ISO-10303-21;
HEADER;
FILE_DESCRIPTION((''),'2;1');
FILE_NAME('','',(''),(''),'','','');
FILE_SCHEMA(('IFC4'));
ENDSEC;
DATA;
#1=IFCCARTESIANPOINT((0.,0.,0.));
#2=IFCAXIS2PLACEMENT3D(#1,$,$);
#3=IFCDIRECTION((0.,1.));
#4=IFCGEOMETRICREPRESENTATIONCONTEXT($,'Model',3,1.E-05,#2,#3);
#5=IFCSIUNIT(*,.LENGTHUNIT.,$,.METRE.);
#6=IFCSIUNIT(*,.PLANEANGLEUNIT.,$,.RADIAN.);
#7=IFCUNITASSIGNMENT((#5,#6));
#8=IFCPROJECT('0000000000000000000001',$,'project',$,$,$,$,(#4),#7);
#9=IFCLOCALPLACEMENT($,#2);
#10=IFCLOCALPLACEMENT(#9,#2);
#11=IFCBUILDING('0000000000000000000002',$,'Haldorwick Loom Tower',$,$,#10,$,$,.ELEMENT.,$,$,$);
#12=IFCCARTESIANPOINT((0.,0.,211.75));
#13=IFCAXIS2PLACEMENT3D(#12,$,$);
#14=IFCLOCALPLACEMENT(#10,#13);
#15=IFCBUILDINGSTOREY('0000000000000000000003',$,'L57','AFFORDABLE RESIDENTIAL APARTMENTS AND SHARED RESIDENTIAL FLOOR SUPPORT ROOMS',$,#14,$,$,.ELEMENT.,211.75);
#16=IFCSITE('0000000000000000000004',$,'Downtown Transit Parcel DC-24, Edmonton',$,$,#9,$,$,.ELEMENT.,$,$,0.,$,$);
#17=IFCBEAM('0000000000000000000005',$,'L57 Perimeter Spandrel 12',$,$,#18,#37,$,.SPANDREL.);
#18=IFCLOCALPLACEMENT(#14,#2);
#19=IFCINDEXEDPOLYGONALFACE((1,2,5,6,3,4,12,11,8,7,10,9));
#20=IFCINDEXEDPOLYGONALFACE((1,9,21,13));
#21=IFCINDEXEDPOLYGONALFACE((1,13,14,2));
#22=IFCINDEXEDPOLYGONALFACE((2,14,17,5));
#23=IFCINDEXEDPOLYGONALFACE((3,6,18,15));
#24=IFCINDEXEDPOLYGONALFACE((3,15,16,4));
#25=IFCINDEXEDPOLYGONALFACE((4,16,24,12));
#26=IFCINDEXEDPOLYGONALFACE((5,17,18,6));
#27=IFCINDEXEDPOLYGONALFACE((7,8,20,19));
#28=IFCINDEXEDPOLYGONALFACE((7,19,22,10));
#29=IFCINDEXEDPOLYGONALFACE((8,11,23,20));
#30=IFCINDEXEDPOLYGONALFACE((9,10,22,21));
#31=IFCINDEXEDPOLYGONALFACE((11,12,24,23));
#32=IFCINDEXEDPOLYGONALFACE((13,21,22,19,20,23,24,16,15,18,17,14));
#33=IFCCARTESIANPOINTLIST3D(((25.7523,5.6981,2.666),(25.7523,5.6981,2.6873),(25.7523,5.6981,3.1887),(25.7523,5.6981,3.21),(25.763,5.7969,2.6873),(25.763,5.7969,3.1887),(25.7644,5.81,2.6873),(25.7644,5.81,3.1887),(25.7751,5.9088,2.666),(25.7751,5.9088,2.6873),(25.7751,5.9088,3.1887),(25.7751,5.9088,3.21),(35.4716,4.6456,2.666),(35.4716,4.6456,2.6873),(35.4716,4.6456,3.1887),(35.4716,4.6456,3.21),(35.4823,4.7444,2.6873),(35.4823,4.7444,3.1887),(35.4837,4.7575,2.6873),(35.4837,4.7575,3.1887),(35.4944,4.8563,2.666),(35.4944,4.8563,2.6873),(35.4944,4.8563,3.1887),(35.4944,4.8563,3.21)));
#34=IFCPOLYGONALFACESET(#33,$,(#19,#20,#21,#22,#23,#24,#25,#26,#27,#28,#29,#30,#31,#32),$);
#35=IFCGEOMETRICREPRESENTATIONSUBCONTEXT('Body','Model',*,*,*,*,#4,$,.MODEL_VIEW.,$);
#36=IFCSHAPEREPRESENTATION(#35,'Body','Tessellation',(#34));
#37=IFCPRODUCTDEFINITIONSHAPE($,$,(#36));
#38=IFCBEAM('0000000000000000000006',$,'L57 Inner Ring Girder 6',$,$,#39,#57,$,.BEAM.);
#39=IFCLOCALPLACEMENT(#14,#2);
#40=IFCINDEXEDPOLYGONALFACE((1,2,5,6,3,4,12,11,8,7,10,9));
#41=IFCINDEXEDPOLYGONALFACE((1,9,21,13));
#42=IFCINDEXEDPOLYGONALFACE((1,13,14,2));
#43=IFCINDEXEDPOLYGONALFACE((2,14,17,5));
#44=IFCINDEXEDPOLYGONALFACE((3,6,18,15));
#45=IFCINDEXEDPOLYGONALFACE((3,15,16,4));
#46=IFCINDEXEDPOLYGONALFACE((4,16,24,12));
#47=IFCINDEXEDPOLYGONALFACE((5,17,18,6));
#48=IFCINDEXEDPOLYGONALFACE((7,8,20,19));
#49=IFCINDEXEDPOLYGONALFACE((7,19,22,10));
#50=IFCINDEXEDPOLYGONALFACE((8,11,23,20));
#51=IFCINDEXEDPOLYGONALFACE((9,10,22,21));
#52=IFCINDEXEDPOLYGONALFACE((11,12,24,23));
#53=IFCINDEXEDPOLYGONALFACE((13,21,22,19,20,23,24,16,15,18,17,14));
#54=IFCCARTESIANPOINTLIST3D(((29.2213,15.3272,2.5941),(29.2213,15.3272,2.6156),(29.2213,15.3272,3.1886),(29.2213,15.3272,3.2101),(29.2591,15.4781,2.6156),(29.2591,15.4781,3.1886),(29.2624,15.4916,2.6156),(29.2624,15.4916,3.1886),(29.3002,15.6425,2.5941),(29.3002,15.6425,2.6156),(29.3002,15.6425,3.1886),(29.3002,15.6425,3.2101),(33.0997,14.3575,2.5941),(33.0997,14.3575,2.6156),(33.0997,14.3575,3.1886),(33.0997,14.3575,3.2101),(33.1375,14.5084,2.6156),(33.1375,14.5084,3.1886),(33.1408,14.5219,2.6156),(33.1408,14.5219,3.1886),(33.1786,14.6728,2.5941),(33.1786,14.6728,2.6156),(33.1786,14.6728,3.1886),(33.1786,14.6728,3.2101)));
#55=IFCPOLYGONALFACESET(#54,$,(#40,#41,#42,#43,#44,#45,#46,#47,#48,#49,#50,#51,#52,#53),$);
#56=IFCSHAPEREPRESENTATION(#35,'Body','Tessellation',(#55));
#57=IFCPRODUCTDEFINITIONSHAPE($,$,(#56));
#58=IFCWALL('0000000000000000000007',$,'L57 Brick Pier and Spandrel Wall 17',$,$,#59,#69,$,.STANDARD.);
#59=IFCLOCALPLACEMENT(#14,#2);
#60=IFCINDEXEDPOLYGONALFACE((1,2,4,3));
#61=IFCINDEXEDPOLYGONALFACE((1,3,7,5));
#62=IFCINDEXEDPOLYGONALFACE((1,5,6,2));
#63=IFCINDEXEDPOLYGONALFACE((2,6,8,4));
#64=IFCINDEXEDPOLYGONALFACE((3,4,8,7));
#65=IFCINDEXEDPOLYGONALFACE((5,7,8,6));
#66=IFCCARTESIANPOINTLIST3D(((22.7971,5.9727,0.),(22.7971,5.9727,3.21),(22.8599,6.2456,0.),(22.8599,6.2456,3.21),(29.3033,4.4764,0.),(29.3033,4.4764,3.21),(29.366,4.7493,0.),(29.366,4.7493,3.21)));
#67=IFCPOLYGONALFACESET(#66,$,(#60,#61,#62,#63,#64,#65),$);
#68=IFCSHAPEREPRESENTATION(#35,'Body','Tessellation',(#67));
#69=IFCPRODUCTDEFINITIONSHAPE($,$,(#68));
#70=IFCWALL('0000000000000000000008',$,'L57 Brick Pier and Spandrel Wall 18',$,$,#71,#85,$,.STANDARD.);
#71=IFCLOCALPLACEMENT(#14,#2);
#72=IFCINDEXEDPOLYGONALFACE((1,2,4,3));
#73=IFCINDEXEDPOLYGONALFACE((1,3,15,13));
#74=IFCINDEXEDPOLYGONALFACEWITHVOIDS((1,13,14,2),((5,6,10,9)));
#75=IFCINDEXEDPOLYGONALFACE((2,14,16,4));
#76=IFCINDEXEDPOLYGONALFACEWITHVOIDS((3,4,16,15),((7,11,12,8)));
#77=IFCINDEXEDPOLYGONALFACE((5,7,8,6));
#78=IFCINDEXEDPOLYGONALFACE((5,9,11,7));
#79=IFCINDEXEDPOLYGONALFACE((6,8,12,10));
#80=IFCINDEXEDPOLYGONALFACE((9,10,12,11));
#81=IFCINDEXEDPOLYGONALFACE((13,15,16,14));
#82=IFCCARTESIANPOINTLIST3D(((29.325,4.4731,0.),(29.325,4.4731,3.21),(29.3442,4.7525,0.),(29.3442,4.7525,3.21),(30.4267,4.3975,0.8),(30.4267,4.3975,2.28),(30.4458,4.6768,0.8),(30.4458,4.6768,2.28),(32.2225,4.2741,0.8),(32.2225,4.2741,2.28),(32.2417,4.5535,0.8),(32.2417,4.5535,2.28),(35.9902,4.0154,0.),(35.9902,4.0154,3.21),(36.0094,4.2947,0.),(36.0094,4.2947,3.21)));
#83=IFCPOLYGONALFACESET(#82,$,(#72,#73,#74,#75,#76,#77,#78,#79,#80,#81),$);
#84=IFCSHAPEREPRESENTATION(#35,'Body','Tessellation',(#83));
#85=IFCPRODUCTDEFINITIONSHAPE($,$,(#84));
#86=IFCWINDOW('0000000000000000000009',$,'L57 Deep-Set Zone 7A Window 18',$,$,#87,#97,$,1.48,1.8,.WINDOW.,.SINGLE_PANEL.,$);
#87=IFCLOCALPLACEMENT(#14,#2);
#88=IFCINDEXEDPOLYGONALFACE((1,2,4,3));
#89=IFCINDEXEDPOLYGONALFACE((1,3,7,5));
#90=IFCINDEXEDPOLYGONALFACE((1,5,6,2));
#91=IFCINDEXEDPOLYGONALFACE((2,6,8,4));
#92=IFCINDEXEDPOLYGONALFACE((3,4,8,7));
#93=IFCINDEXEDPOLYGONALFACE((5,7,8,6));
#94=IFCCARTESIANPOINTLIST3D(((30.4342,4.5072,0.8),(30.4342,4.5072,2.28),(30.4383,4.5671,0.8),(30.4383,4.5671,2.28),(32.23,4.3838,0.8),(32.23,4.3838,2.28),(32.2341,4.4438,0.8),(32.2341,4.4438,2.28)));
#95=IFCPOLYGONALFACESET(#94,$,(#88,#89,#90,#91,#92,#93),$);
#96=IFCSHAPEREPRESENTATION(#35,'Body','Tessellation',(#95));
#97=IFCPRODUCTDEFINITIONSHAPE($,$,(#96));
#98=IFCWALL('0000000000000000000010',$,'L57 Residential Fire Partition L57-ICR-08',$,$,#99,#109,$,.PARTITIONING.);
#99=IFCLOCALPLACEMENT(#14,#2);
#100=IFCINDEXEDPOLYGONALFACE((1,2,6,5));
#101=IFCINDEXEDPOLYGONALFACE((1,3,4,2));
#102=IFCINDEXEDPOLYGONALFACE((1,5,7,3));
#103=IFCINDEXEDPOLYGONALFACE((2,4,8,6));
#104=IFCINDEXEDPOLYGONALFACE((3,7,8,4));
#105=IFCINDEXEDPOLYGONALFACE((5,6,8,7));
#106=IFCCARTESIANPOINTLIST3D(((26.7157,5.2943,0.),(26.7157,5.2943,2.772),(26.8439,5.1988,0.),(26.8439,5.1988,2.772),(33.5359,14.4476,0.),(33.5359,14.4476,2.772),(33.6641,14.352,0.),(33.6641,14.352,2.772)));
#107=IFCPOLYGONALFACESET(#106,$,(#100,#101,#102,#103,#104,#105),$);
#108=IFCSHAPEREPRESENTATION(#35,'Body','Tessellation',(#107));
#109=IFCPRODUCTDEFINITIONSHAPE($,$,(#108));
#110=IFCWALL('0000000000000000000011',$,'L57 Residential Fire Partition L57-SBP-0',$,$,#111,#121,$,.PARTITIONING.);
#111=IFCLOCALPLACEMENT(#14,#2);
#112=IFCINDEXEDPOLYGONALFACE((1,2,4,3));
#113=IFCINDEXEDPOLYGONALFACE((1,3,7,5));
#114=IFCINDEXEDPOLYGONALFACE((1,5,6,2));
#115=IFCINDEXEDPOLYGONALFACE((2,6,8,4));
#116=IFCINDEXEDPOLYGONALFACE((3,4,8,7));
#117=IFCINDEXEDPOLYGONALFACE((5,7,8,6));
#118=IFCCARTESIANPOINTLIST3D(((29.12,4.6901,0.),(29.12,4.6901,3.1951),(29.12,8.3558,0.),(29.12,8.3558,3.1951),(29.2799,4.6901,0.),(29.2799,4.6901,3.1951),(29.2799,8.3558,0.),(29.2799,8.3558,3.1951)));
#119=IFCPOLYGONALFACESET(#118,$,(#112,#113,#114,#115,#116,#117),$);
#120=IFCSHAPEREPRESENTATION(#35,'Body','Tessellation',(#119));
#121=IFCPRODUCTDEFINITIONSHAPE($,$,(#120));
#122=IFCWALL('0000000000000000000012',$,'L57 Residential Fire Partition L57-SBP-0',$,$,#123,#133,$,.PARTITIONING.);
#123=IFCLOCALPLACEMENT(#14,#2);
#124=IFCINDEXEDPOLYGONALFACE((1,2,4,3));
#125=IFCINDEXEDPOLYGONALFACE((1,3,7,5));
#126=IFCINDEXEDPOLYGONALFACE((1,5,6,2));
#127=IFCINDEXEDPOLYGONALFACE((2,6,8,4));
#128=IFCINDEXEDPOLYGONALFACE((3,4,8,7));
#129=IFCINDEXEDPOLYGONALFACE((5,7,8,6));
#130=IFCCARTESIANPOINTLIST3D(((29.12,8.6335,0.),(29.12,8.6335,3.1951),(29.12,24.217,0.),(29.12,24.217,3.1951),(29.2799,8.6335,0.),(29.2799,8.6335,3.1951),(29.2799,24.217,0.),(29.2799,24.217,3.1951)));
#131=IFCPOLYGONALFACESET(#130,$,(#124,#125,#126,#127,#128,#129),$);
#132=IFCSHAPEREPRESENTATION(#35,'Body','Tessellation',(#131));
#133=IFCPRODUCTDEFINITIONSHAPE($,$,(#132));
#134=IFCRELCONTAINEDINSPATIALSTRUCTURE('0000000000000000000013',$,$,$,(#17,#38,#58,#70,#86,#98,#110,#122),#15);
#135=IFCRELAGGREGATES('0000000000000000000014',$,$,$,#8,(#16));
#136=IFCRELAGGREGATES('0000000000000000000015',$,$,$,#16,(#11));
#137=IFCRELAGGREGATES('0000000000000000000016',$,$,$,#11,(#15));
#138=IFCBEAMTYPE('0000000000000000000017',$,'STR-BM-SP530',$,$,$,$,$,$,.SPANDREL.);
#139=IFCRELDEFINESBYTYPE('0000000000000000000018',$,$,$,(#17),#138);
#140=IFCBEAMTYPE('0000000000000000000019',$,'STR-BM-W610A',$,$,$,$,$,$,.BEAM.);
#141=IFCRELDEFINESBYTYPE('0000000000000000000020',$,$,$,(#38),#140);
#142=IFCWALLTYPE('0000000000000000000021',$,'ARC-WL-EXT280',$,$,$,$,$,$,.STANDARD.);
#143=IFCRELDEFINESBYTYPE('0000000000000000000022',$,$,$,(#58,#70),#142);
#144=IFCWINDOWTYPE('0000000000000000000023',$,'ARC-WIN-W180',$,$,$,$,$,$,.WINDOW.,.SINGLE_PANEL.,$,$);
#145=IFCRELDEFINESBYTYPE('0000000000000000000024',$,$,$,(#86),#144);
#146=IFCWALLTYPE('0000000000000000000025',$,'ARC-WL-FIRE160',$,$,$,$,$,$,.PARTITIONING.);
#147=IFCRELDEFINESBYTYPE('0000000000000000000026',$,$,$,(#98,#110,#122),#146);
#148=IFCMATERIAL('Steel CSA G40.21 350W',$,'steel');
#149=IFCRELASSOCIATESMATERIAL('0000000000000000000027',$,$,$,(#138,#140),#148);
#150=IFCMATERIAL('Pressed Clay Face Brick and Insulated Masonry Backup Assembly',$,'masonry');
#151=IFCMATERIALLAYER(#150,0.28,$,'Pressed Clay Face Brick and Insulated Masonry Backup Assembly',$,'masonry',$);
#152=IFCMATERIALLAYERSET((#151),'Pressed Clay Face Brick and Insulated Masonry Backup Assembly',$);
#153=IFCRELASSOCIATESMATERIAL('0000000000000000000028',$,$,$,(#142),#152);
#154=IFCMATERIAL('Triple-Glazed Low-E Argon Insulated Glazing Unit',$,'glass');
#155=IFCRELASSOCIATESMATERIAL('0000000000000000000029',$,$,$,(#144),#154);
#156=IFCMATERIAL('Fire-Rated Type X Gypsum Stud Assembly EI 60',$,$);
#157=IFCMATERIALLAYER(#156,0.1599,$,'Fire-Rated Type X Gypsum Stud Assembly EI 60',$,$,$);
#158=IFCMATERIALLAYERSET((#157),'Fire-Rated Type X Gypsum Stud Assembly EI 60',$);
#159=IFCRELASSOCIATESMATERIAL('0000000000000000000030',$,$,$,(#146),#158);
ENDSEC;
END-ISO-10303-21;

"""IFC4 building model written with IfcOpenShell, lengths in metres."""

from ifc_helpers import new_model, si_unit, direction, frame, frame_2d, origin, origin_2d, place, context, subcontext, project, spatial, rectangle, i_section, extrude, material, layer, layer_set, material_profile, profile_set, type_object, element, fill, save


model = new_model("IFC4")

# Units and contexts
model_context = context("Model", 3, precision=1e-05, world=origin(), true_north=direction((0.0, 1.0)))
body_context = subcontext(model_context, "Body", "Model", "MODEL_VIEW")
ifc_project = project(units=[si_unit("LENGTHUNIT", "METRE"), si_unit("PLANEANGLEUNIT", "RADIAN")], contexts=[model_context])

# Site, building, storey
site_placement = place(None, origin())
site = spatial("IfcSite", under=ifc_project, at=site_placement, Name="Downtown Transit Parcel DC-24, Edmonton", CompositionType="ELEMENT", RefElevation=0.0)
building_placement = place(site_placement, origin())
building = spatial("IfcBuilding", under=site, at=building_placement, Name="Haldorwick Loom Tower", CompositionType="ELEMENT")
storey_placement = place(building_placement, frame((0.0, 0.0, 211.75)))
storey = spatial("IfcBuildingStorey", under=building, at=storey_placement, Name="L57", Description="AFFORDABLE RESIDENTIAL APARTMENTS AND SHARED RESIDENTIAL FLOOR SUPPORT ROOMS", CompositionType="ELEMENT", Elevation=211.75)

# Beams
ifc_material_1 = material(Name="Steel CSA G40.21 350W", Category="steel")
ifc_material_profile_1 = material_profile(ifc_material_1, i_section(OverallWidth=0.2119, OverallDepth=0.5439, WebThickness=0.0132, FlangeThickness=0.0212, at=origin_2d()), Name="W530X123", Category="steel")
ifc_profile_set_1 = profile_set([ifc_material_profile_1], Name="Steel CSA G40.21 350W")
beam_type_1 = type_object("IfcBeamType", Name="STR-BM-SP530", PredefinedType="SPANDREL", material=ifc_profile_set_1)
beam_1_placement = place(storey_placement, frame((25.7637, 5.8035, 2.938), z_axis=(0.994188, -0.10766, 0.0), x_axis=(0.10766, 0.994188, 0.0)))
element("IfcBeam", 1, at=beam_1_placement, inside=storey, type_object=beam_type_1, Name="L57 Perimeter Spandrel 12", PredefinedType="SPANDREL", context=body_context, shape_type="SweptSolid", body=[
    extrude(i_section(OverallWidth=0.2119, OverallDepth=0.5439, WebThickness=0.0132, FlangeThickness=0.0212, at=origin_2d()), origin(), (0.0, 0.0, 1.0), 9.7761),
])
ifc_material_profile_2 = material_profile(ifc_material_1, i_section(OverallWidth=0.325, OverallDepth=0.616, WebThickness=0.0139, FlangeThickness=0.0215, at=origin_2d()), Name="W610X174", Category="steel")
ifc_profile_set_2 = profile_set([ifc_material_profile_2], Name="Steel CSA G40.21 350W")
beam_type_2 = type_object("IfcBeamType", Name="STR-BM-W610A", PredefinedType="BEAM", material=ifc_profile_set_2)
beam_2_placement = place(storey_placement, frame((33.1392, 14.5151, 2.9021), z_axis=(-0.970135, 0.242564, 0.0), x_axis=(-0.242564, -0.970135, 0.0)))
element("IfcBeam", 2, at=beam_2_placement, inside=storey, type_object=beam_type_2, Name="L57 Inner Ring Girder 6", PredefinedType="BEAM", context=body_context, shape_type="SweptSolid", body=[
    extrude(i_section(OverallWidth=0.325, OverallDepth=0.616, WebThickness=0.0139, FlangeThickness=0.0215, at=origin_2d()), origin(), (0.0, 0.0, 1.0), 3.9978),
])

# Wall
ifc_material_2 = material(Name="Pressed Clay Face Brick and Insulated Masonry Backup Assembly", Category="masonry")
ifc_layer_1 = layer(ifc_material_2, 0.28, Name="Pressed Clay Face Brick and Insulated Masonry Backup Assembly", Category="masonry")
ifc_layer_set_1 = layer_set([ifc_layer_1], Name="Pressed Clay Face Brick and Insulated Masonry Backup Assembly")
wall_type_1 = type_object("IfcWallType", Name="ARC-WL-EXT280", PredefinedType="STANDARD", material=ifc_layer_set_1)
wall_1_placement = place(storey_placement, frame((22.8286, 6.1091, 0.0), z_axis=(0.0, 0.0, 1.0), x_axis=(0.974557, -0.224138, 0.0)))
element("IfcWall", 3, at=wall_1_placement, inside=storey, type_object=wall_type_1, Name="L57 Brick Pier and Spandrel Wall 17", PredefinedType="STANDARD", context=body_context, shape_type="SweptSolid", body=[
    extrude(rectangle(XDim=6.676, YDim=0.28, at=frame_2d((3.3379, 0.0))), origin(), (0.0, 0.0, 1.0), 3.21),
])

# Wall, opening, window
wall_2_placement = place(storey_placement, frame((29.3347, 4.6128, 0.0), z_axis=(0.0, 0.0, 1.0), x_axis=(0.99765, -0.068517, 0.0)))
wall_2 = element("IfcWall", 4, at=wall_2_placement, inside=storey, type_object=wall_type_1, Name="L57 Brick Pier and Spandrel Wall 18", PredefinedType="STANDARD", context=body_context, shape_type="SweptSolid", body=[
    extrude(rectangle(XDim=6.6809, YDim=0.28, at=frame_2d((3.3403, 0.0))), origin(), (0.0, 0.0, 1.0), 3.21),
])
opening_placement = place(wall_2_placement, frame((1.1042, 0.0, 0.8)))
opening = element("IfcOpeningElement", 5, at=opening_placement, cuts=wall_2, PredefinedType="OPENING", context=body_context, shape_type="SweptSolid", body=[
    extrude(rectangle(XDim=1.8, YDim=1.48, at=frame_2d((0.8999, 0.74))), frame((0.0, 0.1499, 0.0), z_axis=(0.0, -1.0, 0.0), x_axis=(1.0, 0.0, 0.0)), (0.0, 0.0, 1.0), 0.3),
])
ifc_material_3 = material(Name="Triple-Glazed Low-E Argon Insulated Glazing Unit", Category="glass")
window_type = type_object("IfcWindowType", Name="ARC-WIN-W180", PartitioningType="SINGLE_PANEL", PredefinedType="WINDOW", material=ifc_material_3)
window_placement = place(opening_placement, origin())
window = element("IfcWindow", 6, at=window_placement, inside=storey, type_object=window_type, Name="L57 Deep-Set Zone 7A Window 18", OverallHeight=1.48, OverallWidth=1.8, PartitioningType="SINGLE_PANEL", PredefinedType="WINDOW", context=body_context, shape_type="SweptSolid", body=[
    extrude(rectangle(XDim=1.8, YDim=1.48, at=frame_2d((0.8999, 0.74))), frame((0.0, 0.03, 0.0), z_axis=(0.0, -1.0, 0.0), x_axis=(1.0, 0.0, 0.0)), (0.0, 0.0, 1.0), 0.0601),
])
fill(opening, window)

# Walls
ifc_material_4 = material(Name="Fire-Rated Type X Gypsum Stud Assembly EI 60")
ifc_layer_2 = layer(ifc_material_4, 0.1599, Name="Fire-Rated Type X Gypsum Stud Assembly EI 60")
ifc_layer_set_2 = layer_set([ifc_layer_2], Name="Fire-Rated Type X Gypsum Stud Assembly EI 60")
wall_type_2 = type_object("IfcWallType", Name="ARC-WL-FIRE160", PredefinedType="PARTITIONING", material=ifc_layer_set_2)
wall_3_placement = place(storey_placement, frame((33.6001, 14.3999, 0.0), z_axis=(0.0, 0.0, 1.0), x_axis=(-0.597492, -0.801875, 0.0)))
element("IfcWall", 7, at=wall_3_placement, inside=storey, type_object=wall_type_2, Name="L57 Residential Fire Partition L57-ICR-08", PredefinedType="PARTITIONING", context=body_context, shape_type="SweptSolid", body=[
    extrude(rectangle(XDim=11.4148, YDim=0.1599, at=frame_2d((5.7075, 0.0))), origin(), (0.0, 0.0, 1.0), 2.772),
])
wall_4_placement = place(storey_placement, frame((29.2, 4.6899, 0.0), z_axis=(0.0, 0.0, 1.0), x_axis=(0.0, 1.0, 0.0)))
element("IfcWall", 8, at=wall_4_placement, inside=storey, type_object=wall_type_2, Name="L57 Residential Fire Partition L57-SBP-0", PredefinedType="PARTITIONING", context=body_context, shape_type="SweptSolid", body=[
    extrude(rectangle(XDim=3.6658, YDim=0.1599, at=frame_2d((1.833, 0.0))), origin(), (0.0, 0.0, 1.0), 3.1951),
])
wall_5_placement = place(storey_placement, frame((29.2, 8.6335, 0.0), z_axis=(0.0, 0.0, 1.0), x_axis=(0.0, 1.0, 0.0)))
element("IfcWall", 9, at=wall_5_placement, inside=storey, type_object=wall_type_2, Name="L57 Residential Fire Partition L57-SBP-0", PredefinedType="PARTITIONING", context=body_context, shape_type="SweptSolid", body=[
    extrude(rectangle(XDim=15.5835, YDim=0.1599, at=frame_2d((7.7917, 0.0))), origin(), (0.0, 0.0, 1.0), 3.1951),
])

save(model, "model.ifc")
